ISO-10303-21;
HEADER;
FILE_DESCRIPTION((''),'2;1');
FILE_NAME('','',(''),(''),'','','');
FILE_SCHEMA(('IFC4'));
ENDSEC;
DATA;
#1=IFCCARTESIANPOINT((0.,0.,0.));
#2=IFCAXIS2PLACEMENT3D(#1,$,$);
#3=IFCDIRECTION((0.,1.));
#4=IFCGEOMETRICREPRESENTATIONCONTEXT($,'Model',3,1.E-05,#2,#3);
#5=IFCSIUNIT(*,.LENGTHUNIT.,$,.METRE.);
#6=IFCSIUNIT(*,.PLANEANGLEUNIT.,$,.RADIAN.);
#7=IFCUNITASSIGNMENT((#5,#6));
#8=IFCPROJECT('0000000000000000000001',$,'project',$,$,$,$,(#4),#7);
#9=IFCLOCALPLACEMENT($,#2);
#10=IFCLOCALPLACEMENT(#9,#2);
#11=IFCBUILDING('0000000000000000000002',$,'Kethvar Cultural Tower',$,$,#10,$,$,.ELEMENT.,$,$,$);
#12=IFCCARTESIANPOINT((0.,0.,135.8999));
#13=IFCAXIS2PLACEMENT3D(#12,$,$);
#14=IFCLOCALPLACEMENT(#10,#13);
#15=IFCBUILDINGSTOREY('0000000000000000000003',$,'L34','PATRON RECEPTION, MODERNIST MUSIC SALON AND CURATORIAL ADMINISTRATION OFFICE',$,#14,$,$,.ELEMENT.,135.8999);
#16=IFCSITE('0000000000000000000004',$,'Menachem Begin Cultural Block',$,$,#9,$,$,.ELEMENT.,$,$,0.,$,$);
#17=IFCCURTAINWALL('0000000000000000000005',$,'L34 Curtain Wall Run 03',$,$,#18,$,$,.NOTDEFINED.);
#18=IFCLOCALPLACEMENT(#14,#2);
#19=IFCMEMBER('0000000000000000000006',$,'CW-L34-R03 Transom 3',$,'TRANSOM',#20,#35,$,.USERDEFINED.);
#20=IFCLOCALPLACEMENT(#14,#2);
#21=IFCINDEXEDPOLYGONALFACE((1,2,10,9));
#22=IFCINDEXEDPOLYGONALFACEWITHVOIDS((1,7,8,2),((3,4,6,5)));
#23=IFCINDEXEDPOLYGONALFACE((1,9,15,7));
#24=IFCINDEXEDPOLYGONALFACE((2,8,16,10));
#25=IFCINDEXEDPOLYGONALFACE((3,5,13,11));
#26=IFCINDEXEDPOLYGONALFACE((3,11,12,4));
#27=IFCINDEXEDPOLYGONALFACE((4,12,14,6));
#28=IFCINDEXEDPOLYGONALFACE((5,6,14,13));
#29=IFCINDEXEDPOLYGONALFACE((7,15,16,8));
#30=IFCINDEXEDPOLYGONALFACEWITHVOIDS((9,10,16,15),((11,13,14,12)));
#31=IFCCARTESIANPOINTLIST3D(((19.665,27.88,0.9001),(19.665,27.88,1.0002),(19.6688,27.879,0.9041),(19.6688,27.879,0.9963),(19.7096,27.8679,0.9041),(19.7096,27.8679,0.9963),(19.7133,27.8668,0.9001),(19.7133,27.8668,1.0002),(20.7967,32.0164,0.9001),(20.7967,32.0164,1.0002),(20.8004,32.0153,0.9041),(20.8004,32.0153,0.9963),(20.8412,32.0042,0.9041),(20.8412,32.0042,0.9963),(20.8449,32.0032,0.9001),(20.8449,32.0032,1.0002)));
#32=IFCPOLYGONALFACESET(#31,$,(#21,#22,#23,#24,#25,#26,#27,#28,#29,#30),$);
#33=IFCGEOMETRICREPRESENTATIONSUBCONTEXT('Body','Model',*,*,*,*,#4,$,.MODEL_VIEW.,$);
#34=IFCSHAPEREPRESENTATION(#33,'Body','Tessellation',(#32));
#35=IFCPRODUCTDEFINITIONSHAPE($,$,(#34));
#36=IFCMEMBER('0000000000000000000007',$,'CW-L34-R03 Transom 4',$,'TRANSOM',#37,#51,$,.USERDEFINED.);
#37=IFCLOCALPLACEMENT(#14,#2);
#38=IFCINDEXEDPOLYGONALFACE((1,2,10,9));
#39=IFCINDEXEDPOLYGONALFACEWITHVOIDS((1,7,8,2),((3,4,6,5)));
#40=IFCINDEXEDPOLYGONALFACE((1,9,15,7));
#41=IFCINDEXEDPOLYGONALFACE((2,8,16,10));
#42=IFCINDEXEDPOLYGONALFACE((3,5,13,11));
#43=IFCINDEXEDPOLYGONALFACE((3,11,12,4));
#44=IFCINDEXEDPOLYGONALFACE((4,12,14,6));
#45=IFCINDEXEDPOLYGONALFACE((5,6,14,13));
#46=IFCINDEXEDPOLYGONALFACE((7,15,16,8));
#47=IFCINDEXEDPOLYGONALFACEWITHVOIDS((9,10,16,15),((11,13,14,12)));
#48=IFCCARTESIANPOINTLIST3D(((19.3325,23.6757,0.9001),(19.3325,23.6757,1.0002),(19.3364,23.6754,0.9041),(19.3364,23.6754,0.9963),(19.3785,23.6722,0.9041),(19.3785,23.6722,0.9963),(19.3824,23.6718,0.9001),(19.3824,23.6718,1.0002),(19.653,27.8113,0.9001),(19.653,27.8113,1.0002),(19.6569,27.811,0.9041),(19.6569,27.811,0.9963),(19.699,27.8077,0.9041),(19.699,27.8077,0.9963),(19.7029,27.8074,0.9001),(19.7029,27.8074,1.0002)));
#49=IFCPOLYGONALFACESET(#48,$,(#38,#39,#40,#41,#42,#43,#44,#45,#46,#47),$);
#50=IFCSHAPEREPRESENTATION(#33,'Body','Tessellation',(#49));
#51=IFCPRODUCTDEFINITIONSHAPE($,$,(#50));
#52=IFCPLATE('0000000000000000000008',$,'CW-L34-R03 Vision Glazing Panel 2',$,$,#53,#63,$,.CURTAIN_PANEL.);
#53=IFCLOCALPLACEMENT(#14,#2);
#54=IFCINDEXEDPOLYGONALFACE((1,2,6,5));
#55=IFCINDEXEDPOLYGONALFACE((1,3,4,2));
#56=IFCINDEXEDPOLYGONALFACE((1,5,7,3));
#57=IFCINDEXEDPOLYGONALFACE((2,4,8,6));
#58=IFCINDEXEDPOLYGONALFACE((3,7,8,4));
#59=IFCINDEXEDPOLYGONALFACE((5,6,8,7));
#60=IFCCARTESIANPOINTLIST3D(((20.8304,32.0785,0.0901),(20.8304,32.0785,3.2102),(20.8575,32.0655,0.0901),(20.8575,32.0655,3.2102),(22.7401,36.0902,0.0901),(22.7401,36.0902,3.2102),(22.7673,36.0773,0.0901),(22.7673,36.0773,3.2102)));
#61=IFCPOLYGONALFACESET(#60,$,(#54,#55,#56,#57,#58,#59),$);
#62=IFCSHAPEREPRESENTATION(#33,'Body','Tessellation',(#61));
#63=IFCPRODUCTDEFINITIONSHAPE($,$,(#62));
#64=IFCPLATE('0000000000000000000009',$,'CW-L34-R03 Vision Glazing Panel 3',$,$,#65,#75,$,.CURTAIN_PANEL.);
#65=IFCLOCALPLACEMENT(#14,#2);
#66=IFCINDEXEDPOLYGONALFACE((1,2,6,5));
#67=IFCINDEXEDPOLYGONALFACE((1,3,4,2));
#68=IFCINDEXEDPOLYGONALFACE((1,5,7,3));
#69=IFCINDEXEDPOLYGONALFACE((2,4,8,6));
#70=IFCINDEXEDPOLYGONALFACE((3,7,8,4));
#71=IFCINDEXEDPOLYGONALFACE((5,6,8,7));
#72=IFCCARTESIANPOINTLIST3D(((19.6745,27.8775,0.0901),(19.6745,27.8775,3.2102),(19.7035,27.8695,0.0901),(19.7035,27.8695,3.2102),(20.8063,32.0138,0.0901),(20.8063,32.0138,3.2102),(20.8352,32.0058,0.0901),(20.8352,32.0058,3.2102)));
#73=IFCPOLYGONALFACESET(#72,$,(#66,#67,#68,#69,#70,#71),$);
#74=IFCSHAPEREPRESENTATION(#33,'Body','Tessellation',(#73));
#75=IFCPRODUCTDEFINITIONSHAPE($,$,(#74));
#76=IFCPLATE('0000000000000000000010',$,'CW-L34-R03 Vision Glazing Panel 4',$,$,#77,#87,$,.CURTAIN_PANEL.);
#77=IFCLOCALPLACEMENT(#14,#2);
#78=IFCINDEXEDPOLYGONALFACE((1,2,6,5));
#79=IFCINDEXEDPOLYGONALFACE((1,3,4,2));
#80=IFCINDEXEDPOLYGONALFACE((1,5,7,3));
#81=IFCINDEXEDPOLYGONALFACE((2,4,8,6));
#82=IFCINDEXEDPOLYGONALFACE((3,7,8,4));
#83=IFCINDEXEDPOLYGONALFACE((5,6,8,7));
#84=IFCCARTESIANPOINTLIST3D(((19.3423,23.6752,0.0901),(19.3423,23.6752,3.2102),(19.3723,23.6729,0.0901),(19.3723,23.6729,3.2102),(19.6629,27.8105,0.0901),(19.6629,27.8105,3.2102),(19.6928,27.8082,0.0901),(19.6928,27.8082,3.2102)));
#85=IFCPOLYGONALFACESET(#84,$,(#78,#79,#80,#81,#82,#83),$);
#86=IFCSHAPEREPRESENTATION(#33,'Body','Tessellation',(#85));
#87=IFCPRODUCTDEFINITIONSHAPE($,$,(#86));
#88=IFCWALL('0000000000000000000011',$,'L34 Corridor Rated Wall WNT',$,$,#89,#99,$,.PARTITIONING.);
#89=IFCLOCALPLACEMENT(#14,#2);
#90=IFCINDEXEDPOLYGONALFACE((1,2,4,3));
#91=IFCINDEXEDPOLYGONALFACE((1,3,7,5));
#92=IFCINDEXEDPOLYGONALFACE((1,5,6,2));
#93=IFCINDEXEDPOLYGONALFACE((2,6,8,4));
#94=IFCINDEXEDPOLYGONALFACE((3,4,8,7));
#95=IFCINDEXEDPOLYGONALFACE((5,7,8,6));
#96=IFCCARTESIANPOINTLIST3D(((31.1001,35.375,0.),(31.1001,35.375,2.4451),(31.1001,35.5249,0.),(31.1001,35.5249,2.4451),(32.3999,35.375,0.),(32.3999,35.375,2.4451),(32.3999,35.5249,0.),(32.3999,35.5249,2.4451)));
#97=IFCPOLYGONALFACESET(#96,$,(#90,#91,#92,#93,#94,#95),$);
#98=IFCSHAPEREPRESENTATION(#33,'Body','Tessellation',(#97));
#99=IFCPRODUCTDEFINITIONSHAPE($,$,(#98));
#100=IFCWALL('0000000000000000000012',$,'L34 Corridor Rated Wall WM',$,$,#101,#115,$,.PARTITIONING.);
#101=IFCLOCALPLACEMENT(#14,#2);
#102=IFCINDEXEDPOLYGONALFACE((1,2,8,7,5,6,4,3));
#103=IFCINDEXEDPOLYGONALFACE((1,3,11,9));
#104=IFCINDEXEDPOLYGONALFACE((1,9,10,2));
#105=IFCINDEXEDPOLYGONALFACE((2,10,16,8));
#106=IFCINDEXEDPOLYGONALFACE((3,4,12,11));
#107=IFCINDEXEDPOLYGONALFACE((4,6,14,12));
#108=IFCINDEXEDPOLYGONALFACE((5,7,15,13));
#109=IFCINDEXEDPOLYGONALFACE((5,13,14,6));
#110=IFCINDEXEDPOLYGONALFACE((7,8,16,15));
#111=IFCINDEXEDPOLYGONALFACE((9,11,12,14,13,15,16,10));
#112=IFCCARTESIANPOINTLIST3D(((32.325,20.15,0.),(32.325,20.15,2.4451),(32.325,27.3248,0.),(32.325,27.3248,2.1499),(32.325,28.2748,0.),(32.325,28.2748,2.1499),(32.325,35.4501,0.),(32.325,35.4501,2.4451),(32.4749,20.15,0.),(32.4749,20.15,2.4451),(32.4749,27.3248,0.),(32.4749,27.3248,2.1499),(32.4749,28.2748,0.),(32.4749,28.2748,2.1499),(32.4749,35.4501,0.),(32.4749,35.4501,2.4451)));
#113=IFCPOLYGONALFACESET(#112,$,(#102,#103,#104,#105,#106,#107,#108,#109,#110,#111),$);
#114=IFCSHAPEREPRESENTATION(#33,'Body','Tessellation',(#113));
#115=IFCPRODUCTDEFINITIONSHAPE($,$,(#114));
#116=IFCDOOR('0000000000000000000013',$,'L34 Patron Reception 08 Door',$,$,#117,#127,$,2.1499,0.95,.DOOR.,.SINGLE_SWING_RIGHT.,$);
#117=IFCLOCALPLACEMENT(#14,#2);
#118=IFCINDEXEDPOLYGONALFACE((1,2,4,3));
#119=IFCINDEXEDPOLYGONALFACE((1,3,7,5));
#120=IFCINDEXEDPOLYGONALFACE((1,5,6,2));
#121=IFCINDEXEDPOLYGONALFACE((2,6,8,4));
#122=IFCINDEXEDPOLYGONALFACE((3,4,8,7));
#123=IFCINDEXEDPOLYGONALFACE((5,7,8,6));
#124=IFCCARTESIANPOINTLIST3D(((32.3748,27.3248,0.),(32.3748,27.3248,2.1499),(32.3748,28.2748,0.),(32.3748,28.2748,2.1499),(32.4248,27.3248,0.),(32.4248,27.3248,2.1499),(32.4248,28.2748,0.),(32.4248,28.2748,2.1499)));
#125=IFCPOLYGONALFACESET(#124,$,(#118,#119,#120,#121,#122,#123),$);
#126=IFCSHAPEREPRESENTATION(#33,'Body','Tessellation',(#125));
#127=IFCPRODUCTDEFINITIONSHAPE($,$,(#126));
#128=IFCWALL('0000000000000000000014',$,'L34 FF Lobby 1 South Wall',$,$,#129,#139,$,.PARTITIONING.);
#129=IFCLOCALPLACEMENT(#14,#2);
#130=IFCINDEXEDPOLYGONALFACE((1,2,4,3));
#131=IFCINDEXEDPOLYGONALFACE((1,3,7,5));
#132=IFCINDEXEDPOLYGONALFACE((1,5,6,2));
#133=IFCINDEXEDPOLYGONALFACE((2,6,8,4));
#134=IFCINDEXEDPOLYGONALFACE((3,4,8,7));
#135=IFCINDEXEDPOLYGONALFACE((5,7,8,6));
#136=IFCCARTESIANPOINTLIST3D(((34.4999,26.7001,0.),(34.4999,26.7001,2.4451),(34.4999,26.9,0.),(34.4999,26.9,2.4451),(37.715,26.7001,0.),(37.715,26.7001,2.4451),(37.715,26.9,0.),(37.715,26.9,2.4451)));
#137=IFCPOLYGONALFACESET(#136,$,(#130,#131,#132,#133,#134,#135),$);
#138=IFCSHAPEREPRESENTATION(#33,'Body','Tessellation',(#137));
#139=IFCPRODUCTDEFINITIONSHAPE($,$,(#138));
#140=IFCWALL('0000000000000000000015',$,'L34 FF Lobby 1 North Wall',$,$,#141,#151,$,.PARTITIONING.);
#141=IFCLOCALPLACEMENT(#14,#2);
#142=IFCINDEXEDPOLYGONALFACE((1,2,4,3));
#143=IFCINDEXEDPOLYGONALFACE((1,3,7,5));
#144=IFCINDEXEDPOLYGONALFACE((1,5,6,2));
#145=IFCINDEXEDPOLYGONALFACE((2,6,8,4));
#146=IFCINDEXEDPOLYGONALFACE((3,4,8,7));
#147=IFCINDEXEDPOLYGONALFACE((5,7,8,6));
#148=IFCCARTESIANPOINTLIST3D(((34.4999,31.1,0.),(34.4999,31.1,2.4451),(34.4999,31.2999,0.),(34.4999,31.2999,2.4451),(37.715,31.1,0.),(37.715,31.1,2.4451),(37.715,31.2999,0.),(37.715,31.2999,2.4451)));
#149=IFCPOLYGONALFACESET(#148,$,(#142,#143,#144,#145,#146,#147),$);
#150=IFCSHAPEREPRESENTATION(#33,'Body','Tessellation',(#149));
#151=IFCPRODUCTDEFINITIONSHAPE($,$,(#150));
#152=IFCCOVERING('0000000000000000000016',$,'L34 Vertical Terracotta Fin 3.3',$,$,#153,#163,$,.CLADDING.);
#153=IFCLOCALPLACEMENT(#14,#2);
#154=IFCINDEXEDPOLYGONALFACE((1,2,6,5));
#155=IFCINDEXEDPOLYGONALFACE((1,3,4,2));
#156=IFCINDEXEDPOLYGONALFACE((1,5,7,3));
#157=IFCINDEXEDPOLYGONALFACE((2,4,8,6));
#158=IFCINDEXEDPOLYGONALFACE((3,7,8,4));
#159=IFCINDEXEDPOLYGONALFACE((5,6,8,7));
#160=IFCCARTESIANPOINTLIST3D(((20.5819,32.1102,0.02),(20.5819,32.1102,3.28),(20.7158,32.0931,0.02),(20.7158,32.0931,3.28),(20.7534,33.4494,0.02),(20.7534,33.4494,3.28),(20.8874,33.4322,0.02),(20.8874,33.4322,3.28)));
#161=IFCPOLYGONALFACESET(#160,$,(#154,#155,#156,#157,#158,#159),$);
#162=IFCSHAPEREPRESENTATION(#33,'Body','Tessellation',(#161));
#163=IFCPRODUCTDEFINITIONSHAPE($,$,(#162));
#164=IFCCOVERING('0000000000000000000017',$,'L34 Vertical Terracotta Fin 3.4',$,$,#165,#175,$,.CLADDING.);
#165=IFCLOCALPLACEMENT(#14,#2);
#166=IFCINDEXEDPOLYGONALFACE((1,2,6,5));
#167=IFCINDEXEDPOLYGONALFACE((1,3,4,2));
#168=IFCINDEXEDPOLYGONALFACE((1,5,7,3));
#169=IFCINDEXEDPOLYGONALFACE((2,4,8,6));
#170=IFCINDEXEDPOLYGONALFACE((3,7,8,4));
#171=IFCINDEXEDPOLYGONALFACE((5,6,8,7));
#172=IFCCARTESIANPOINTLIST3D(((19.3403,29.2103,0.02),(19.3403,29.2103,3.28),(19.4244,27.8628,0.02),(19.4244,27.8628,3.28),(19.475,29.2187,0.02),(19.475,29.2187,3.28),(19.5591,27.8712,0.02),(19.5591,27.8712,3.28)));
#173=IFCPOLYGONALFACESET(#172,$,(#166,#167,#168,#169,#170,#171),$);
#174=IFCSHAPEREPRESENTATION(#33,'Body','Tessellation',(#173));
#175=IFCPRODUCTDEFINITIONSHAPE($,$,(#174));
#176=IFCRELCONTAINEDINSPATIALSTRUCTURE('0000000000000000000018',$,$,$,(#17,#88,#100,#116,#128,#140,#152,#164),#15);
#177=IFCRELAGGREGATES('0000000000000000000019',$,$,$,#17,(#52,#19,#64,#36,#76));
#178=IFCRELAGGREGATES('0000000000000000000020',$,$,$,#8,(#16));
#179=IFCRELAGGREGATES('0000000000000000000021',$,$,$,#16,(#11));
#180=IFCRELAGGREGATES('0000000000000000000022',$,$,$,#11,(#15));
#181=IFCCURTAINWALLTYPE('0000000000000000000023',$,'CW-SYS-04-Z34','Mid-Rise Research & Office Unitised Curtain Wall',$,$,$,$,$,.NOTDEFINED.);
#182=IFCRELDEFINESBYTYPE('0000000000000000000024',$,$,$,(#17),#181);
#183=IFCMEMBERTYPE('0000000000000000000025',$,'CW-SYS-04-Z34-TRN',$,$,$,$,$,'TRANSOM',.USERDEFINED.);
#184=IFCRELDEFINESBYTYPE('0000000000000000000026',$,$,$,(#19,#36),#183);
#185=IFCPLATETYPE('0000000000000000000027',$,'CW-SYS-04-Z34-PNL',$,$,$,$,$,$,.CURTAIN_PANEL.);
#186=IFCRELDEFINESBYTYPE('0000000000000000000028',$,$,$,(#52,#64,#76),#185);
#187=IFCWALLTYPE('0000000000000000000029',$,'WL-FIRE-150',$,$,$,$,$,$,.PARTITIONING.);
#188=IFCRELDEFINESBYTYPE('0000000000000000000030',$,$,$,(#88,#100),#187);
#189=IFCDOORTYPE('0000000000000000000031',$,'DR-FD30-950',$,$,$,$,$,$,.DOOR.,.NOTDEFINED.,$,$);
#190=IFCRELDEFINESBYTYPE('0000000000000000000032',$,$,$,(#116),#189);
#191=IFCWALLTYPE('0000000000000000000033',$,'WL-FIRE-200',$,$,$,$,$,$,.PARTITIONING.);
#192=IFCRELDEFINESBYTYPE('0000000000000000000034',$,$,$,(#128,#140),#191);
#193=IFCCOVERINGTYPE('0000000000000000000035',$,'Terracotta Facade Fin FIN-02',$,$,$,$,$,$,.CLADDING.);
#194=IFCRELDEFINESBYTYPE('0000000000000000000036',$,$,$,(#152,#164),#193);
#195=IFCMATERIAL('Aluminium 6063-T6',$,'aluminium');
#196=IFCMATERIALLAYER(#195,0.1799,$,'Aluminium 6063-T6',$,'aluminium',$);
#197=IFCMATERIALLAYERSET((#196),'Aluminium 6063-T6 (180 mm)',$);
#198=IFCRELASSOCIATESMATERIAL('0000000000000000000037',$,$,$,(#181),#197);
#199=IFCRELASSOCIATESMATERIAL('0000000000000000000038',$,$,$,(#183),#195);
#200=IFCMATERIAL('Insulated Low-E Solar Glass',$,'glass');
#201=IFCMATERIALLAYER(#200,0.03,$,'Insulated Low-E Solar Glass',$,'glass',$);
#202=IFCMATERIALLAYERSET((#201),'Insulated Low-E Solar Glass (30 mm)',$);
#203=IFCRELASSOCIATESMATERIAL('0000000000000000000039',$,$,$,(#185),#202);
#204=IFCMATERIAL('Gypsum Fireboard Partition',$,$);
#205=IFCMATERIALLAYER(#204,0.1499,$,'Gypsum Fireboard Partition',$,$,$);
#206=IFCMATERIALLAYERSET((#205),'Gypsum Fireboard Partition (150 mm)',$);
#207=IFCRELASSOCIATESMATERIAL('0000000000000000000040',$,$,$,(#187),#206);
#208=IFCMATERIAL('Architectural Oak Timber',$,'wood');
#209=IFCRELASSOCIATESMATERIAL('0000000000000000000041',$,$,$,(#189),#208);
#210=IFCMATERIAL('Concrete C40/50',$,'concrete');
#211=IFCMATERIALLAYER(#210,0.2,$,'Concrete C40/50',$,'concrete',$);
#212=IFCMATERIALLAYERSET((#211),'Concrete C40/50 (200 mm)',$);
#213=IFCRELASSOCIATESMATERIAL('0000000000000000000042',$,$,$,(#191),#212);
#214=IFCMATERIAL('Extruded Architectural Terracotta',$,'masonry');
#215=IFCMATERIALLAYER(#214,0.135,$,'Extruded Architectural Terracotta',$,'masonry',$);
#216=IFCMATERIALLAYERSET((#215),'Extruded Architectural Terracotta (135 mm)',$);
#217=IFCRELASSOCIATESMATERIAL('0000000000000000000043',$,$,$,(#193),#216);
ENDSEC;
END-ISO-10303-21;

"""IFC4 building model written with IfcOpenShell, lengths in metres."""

from ifc_helpers import new_model, si_unit, direction, frame, frame_2d, origin, origin_2d, place, context, subcontext, project, spatial, rectangle, hollow_rectangle, extrude, source, transform, mapped, material, layer, layer_set, material_profile, profile_set, type_object, element, fill, aggregate, save


model = new_model("IFC4")

# Units and contexts
model_context = context("Model", 3, precision=1e-05, world=origin(), true_north=direction((0.0, 1.0)))
body_context = subcontext(model_context, "Body", "Model", "MODEL_VIEW")
ifc_project = project(units=[si_unit("LENGTHUNIT", "METRE"), si_unit("PLANEANGLEUNIT", "RADIAN")], contexts=[model_context])

# Site, building, storey
site_placement = place(None, origin())
site = spatial("IfcSite", under=ifc_project, at=site_placement, Name="Menachem Begin Cultural Block", CompositionType="ELEMENT", RefElevation=0.0)
building_placement = place(site_placement, origin())
building = spatial("IfcBuilding", under=site, at=building_placement, Name="Kethvar Cultural Tower", CompositionType="ELEMENT")
storey_placement = place(building_placement, frame((0.0, 0.0, 135.8999)))
storey = spatial("IfcBuildingStorey", under=building, at=storey_placement, Name="L34", Description="PATRON RECEPTION, MODERNIST MUSIC SALON AND CURATORIAL ADMINISTRATION OFFICE", CompositionType="ELEMENT", Elevation=135.8999)

# Curtain wall, members, plates
ifc_material_1 = material(Name="Aluminium 6063-T6", Category="aluminium")
ifc_layer_1 = layer(ifc_material_1, 0.1799, Name="Aluminium 6063-T6", Category="aluminium")
ifc_layer_set_1 = layer_set([ifc_layer_1], Name="Aluminium 6063-T6 (180 mm)")
curtain_wall_type = type_object("IfcCurtainWallType", Name="CW-SYS-04-Z34", Description="Mid-Rise Research & Office Unitised Curtain Wall", PredefinedType="NOTDEFINED", material=ifc_layer_set_1)
curtain_wall_placement = place(storey_placement, origin())
curtain_wall = element("IfcCurtainWall", 1, at=curtain_wall_placement, inside=storey, type_object=curtain_wall_type, Name="L34 Curtain Wall Run 03", PredefinedType="NOTDEFINED")
ifc_material_profile_1 = material_profile(ifc_material_1, hollow_rectangle(XDim=0.05, YDim=0.1001, WallThickness=0.0039, at=origin_2d()), Name="Aluminium 6063-T6 — RHS100x50x4")
ifc_profile_set_1 = profile_set([ifc_material_profile_1], Name="Aluminium 6063-T6 — RHS100x50x4")
member_type_1 = type_object("IfcMemberType", Name="CW-SYS-04-Z34-TRN", ElementType="TRANSOM", PredefinedType="USERDEFINED", material=ifc_profile_set_1)
shared_shape_1 = source(origin(), body_context, "Body", "SweptSolid", [
    extrude(hollow_rectangle(XDim=0.05, YDim=0.1001, WallThickness=0.0039, at=origin_2d()), origin(), (0.0, 0.0, 1.0), 4.2883),
])
member_1_placement = place(storey_placement, frame((20.8208, 32.0098, 0.9502), z_axis=(-0.263883, -0.964555, 0.0), x_axis=(0.964555, -0.263883, 0.0)))
member_1 = element("IfcMember", 2, at=member_1_placement, type_object=member_type_1, Name="CW-L34-R03 Transom 3", ObjectType="TRANSOM", PredefinedType="USERDEFINED", context=body_context, shape_type="MappedRepresentation", body=[
    mapped(shared_shape_1, transform((0.0, 0.0, 0.0), scale=1.0)),
])
shared_shape_2 = source(origin(), body_context, "Body", "SweptSolid", [
    extrude(hollow_rectangle(XDim=0.05, YDim=0.1001, WallThickness=0.0039, at=origin_2d()), origin(), (0.0, 0.0, 1.0), 4.1479),
])
member_2_placement = place(storey_placement, frame((19.678, 27.8093, 0.9502), z_axis=(-0.077282, -0.997009, 0.0), x_axis=(0.997009, -0.077282, 0.0)))
member_2 = element("IfcMember", 3, at=member_2_placement, type_object=member_type_1, Name="CW-L34-R03 Transom 4", ObjectType="TRANSOM", PredefinedType="USERDEFINED", context=body_context, shape_type="MappedRepresentation", body=[
    mapped(shared_shape_2, transform((0.0, 0.0, 0.0), scale=1.0)),
])
ifc_material_2 = material(Name="Insulated Low-E Solar Glass", Category="glass")
ifc_layer_2 = layer(ifc_material_2, 0.03, Name="Insulated Low-E Solar Glass", Category="glass")
ifc_layer_set_2 = layer_set([ifc_layer_2], Name="Insulated Low-E Solar Glass (30 mm)")
plate_type = type_object("IfcPlateType", Name="CW-SYS-04-Z34-PNL", PredefinedType="CURTAIN_PANEL", material=ifc_layer_set_2)
shared_shape_3 = source(origin(), body_context, "Body", "SweptSolid", [
    extrude(rectangle(XDim=4.4431, YDim=0.03, at=origin_2d()), origin(), (0.0, 0.0, 1.0), 3.1201),
])
plate_1_placement = place(storey_placement, frame((21.7988, 34.0779, 0.0901), z_axis=(0.0, 0.0, 1.0), x_axis=(-0.429818, -0.902916, 0.0)))
plate_1 = element("IfcPlate", 4, at=plate_1_placement, type_object=plate_type, Name="CW-L34-R03 Vision Glazing Panel 2", PredefinedType="CURTAIN_PANEL", context=body_context, shape_type="MappedRepresentation", body=[
    mapped(shared_shape_3, transform((0.0, 0.0, 0.0), scale=1.0)),
])
shared_shape_4 = source(origin(), body_context, "Body", "SweptSolid", [
    extrude(rectangle(XDim=4.2883, YDim=0.03, at=origin_2d()), origin(), (0.0, 0.0, 1.0), 3.1201),
])
plate_2_placement = place(storey_placement, frame((20.2549, 29.9417, 0.0901), z_axis=(0.0, 0.0, 1.0), x_axis=(-0.263907, -0.964548, 0.0)))
plate_2 = element("IfcPlate", 5, at=plate_2_placement, type_object=plate_type, Name="CW-L34-R03 Vision Glazing Panel 3", PredefinedType="CURTAIN_PANEL", context=body_context, shape_type="MappedRepresentation", body=[
    mapped(shared_shape_4, transform((0.0, 0.0, 0.0), scale=1.0)),
])
shared_shape_5 = source(origin(), body_context, "Body", "SweptSolid", [
    extrude(rectangle(XDim=4.1477, YDim=0.03, at=origin_2d()), origin(), (0.0, 0.0, 1.0), 3.1201),
])
plate_3_placement = place(storey_placement, frame((19.5176, 25.7417, 0.0901), z_axis=(0.0, 0.0, 1.0), x_axis=(-0.077293, -0.997008, 0.0)))
plate_3 = element("IfcPlate", 6, at=plate_3_placement, type_object=plate_type, Name="CW-L34-R03 Vision Glazing Panel 4", PredefinedType="CURTAIN_PANEL", context=body_context, shape_type="MappedRepresentation", body=[
    mapped(shared_shape_5, transform((0.0, 0.0, 0.0), scale=1.0)),
])
aggregate(curtain_wall, [plate_1, member_1, plate_2, member_2, plate_3])

# Wall
ifc_material_3 = material(Name="Gypsum Fireboard Partition")
ifc_layer_3 = layer(ifc_material_3, 0.1499, Name="Gypsum Fireboard Partition")
ifc_layer_set_3 = layer_set([ifc_layer_3], Name="Gypsum Fireboard Partition (150 mm)")
wall_type_1 = type_object("IfcWallType", Name="WL-FIRE-150", PredefinedType="PARTITIONING", material=ifc_layer_set_3)
wall_1_placement = place(storey_placement, frame((31.1001, 35.45, 0.0), z_axis=(0.0, 0.0, 1.0), x_axis=(1.0, 0.0, 0.0)))
element("IfcWall", 7, at=wall_1_placement, inside=storey, type_object=wall_type_1, Name="L34 Corridor Rated Wall WNT", PredefinedType="PARTITIONING", context=body_context, shape_type="SweptSolid", body=[
    extrude(rectangle(XDim=1.2998, YDim=0.1499, at=frame_2d((0.6499, 0.0))), origin(), (0.0, 0.0, 1.0), 2.4451),
])

# Wall, opening, door
wall_2_placement = place(storey_placement, frame((32.3999, 35.45, 0.0), z_axis=(0.0, 0.0, 1.0), x_axis=(0.0, -1.0, 0.0)))
wall_2 = element("IfcWall", 8, at=wall_2_placement, inside=storey, type_object=wall_type_1, Name="L34 Corridor Rated Wall WM", PredefinedType="PARTITIONING", context=body_context, shape_type="SweptSolid", body=[
    extrude(rectangle(XDim=15.3, YDim=0.1499, at=frame_2d((7.6499, 0.0))), origin(), (0.0, 0.0, 1.0), 2.4451),
])
opening_1_placement = place(wall_2_placement, frame((7.175, 0.0, 0.0)))
opening_1 = element("IfcOpeningElement", 9, at=opening_1_placement, cuts=wall_2, PredefinedType="OPENING", context=body_context, shape_type="SweptSolid", body=[
    extrude(rectangle(XDim=0.95, YDim=2.1499, at=frame_2d((0.4751, 1.075))), frame((0.0, 0.085, 0.0), z_axis=(0.0, -1.0, 0.0), x_axis=(1.0, 0.0, 0.0)), (0.0, 0.0, 1.0), 0.1699),
])
ifc_material_4 = material(Name="Architectural Oak Timber", Category="wood")
door_type_1 = type_object("IfcDoorType", Name="DR-FD30-950", OperationType="NOTDEFINED", PredefinedType="DOOR", material=ifc_material_4)
shared_shape_6 = source(origin(), body_context, "Body", "SweptSolid", [
    extrude(rectangle(XDim=0.95, YDim=2.1499, at=frame_2d((0.4751, 1.075))), frame((0.0, 0.0249, 0.0), z_axis=(0.0, -1.0, 0.0), x_axis=(1.0, 0.0, 0.0)), (0.0, 0.0, 1.0), 0.05),
])
door_1_placement = place(opening_1_placement, origin())
door_1 = element("IfcDoor", 10, at=door_1_placement, inside=storey, type_object=door_type_1, Name="L34 Patron Reception 08 Door", OperationType="SINGLE_SWING_RIGHT", OverallHeight=2.1499, OverallWidth=0.95, PredefinedType="DOOR", context=body_context, shape_type="MappedRepresentation", body=[
    mapped(shared_shape_6, transform((0.0, 0.0, 0.0), scale=1.0)),
])
fill(opening_1, door_1)
ifc_material_5 = material(Name="Concrete C40/50", Category="concrete")
ifc_layer_4 = layer(ifc_material_5, 0.2, Name="Concrete C40/50", Category="concrete")
ifc_layer_set_4 = layer_set([ifc_layer_4], Name="Concrete C40/50 (200 mm)")
wall_type_2 = type_object("IfcWallType", Name="WL-FIRE-200", PredefinedType="PARTITIONING", material=ifc_layer_set_4)

# Walls
for number, where, z_axis, x_axis, name in (
    (11, (34.5, 26.8, 0.0), (0.0, 0.0, 1.0), (1.0, 0.0, 0.0), "L34 FF Lobby 1 South Wall"),
    (12, (34.5, 31.2, 0.0), (0.0, 0.0, 1.0), (1.0, 0.0, 0.0), "L34 FF Lobby 1 North Wall"),
):
    element("IfcWall", number, at=place(storey_placement, frame(where, z_axis=z_axis, x_axis=x_axis)), inside=storey, type_object=wall_type_2, Name=name, PredefinedType="PARTITIONING", context=body_context, shape_type="SweptSolid", body=[
        extrude(rectangle(XDim=3.2151, YDim=0.2, at=frame_2d((1.6074, 0.0))), origin(), (0.0, 0.0, 1.0), 2.4451),
    ])

# Coverings
ifc_material_6 = material(Name="Extruded Architectural Terracotta", Category="masonry")
ifc_layer_5 = layer(ifc_material_6, 0.135, Name="Extruded Architectural Terracotta", Category="masonry")
ifc_layer_set_5 = layer_set([ifc_layer_5], Name="Extruded Architectural Terracotta (135 mm)")
covering_type = type_object("IfcCoveringType", Name="Terracotta Facade Fin FIN-02", PredefinedType="CLADDING", material=ifc_layer_set_5)
shared_shape_7 = source(origin(), body_context, "Body", "SweptSolid", [
    extrude(rectangle(XDim=1.3501, YDim=0.135, at=origin_2d()), origin(), (0.0, 0.0, 1.0), 3.26),
])
for number, where, z_axis, x_axis, name in (
    (13, (20.7346, 32.7712, 0.02), (0.0, 0.0, 1.0), (0.127065, 0.991894, 0.0), "L34 Vertical Terracotta Fin 3.3"),
    (14, (19.4497, 28.5408, 0.02), (0.0, 0.0, 1.0), (-0.062268, 0.998059, 0.0), "L34 Vertical Terracotta Fin 3.4"),
):
    element("IfcCovering", number, at=place(storey_placement, frame(where, z_axis=z_axis, x_axis=x_axis)), inside=storey, type_object=covering_type, Name=name, PredefinedType="CLADDING", context=body_context, shape_type="MappedRepresentation", body=[
        mapped(shared_shape_7, transform((0.0, 0.0, 0.0), scale=1.0)),
    ])

save(model, "model.ifc")
